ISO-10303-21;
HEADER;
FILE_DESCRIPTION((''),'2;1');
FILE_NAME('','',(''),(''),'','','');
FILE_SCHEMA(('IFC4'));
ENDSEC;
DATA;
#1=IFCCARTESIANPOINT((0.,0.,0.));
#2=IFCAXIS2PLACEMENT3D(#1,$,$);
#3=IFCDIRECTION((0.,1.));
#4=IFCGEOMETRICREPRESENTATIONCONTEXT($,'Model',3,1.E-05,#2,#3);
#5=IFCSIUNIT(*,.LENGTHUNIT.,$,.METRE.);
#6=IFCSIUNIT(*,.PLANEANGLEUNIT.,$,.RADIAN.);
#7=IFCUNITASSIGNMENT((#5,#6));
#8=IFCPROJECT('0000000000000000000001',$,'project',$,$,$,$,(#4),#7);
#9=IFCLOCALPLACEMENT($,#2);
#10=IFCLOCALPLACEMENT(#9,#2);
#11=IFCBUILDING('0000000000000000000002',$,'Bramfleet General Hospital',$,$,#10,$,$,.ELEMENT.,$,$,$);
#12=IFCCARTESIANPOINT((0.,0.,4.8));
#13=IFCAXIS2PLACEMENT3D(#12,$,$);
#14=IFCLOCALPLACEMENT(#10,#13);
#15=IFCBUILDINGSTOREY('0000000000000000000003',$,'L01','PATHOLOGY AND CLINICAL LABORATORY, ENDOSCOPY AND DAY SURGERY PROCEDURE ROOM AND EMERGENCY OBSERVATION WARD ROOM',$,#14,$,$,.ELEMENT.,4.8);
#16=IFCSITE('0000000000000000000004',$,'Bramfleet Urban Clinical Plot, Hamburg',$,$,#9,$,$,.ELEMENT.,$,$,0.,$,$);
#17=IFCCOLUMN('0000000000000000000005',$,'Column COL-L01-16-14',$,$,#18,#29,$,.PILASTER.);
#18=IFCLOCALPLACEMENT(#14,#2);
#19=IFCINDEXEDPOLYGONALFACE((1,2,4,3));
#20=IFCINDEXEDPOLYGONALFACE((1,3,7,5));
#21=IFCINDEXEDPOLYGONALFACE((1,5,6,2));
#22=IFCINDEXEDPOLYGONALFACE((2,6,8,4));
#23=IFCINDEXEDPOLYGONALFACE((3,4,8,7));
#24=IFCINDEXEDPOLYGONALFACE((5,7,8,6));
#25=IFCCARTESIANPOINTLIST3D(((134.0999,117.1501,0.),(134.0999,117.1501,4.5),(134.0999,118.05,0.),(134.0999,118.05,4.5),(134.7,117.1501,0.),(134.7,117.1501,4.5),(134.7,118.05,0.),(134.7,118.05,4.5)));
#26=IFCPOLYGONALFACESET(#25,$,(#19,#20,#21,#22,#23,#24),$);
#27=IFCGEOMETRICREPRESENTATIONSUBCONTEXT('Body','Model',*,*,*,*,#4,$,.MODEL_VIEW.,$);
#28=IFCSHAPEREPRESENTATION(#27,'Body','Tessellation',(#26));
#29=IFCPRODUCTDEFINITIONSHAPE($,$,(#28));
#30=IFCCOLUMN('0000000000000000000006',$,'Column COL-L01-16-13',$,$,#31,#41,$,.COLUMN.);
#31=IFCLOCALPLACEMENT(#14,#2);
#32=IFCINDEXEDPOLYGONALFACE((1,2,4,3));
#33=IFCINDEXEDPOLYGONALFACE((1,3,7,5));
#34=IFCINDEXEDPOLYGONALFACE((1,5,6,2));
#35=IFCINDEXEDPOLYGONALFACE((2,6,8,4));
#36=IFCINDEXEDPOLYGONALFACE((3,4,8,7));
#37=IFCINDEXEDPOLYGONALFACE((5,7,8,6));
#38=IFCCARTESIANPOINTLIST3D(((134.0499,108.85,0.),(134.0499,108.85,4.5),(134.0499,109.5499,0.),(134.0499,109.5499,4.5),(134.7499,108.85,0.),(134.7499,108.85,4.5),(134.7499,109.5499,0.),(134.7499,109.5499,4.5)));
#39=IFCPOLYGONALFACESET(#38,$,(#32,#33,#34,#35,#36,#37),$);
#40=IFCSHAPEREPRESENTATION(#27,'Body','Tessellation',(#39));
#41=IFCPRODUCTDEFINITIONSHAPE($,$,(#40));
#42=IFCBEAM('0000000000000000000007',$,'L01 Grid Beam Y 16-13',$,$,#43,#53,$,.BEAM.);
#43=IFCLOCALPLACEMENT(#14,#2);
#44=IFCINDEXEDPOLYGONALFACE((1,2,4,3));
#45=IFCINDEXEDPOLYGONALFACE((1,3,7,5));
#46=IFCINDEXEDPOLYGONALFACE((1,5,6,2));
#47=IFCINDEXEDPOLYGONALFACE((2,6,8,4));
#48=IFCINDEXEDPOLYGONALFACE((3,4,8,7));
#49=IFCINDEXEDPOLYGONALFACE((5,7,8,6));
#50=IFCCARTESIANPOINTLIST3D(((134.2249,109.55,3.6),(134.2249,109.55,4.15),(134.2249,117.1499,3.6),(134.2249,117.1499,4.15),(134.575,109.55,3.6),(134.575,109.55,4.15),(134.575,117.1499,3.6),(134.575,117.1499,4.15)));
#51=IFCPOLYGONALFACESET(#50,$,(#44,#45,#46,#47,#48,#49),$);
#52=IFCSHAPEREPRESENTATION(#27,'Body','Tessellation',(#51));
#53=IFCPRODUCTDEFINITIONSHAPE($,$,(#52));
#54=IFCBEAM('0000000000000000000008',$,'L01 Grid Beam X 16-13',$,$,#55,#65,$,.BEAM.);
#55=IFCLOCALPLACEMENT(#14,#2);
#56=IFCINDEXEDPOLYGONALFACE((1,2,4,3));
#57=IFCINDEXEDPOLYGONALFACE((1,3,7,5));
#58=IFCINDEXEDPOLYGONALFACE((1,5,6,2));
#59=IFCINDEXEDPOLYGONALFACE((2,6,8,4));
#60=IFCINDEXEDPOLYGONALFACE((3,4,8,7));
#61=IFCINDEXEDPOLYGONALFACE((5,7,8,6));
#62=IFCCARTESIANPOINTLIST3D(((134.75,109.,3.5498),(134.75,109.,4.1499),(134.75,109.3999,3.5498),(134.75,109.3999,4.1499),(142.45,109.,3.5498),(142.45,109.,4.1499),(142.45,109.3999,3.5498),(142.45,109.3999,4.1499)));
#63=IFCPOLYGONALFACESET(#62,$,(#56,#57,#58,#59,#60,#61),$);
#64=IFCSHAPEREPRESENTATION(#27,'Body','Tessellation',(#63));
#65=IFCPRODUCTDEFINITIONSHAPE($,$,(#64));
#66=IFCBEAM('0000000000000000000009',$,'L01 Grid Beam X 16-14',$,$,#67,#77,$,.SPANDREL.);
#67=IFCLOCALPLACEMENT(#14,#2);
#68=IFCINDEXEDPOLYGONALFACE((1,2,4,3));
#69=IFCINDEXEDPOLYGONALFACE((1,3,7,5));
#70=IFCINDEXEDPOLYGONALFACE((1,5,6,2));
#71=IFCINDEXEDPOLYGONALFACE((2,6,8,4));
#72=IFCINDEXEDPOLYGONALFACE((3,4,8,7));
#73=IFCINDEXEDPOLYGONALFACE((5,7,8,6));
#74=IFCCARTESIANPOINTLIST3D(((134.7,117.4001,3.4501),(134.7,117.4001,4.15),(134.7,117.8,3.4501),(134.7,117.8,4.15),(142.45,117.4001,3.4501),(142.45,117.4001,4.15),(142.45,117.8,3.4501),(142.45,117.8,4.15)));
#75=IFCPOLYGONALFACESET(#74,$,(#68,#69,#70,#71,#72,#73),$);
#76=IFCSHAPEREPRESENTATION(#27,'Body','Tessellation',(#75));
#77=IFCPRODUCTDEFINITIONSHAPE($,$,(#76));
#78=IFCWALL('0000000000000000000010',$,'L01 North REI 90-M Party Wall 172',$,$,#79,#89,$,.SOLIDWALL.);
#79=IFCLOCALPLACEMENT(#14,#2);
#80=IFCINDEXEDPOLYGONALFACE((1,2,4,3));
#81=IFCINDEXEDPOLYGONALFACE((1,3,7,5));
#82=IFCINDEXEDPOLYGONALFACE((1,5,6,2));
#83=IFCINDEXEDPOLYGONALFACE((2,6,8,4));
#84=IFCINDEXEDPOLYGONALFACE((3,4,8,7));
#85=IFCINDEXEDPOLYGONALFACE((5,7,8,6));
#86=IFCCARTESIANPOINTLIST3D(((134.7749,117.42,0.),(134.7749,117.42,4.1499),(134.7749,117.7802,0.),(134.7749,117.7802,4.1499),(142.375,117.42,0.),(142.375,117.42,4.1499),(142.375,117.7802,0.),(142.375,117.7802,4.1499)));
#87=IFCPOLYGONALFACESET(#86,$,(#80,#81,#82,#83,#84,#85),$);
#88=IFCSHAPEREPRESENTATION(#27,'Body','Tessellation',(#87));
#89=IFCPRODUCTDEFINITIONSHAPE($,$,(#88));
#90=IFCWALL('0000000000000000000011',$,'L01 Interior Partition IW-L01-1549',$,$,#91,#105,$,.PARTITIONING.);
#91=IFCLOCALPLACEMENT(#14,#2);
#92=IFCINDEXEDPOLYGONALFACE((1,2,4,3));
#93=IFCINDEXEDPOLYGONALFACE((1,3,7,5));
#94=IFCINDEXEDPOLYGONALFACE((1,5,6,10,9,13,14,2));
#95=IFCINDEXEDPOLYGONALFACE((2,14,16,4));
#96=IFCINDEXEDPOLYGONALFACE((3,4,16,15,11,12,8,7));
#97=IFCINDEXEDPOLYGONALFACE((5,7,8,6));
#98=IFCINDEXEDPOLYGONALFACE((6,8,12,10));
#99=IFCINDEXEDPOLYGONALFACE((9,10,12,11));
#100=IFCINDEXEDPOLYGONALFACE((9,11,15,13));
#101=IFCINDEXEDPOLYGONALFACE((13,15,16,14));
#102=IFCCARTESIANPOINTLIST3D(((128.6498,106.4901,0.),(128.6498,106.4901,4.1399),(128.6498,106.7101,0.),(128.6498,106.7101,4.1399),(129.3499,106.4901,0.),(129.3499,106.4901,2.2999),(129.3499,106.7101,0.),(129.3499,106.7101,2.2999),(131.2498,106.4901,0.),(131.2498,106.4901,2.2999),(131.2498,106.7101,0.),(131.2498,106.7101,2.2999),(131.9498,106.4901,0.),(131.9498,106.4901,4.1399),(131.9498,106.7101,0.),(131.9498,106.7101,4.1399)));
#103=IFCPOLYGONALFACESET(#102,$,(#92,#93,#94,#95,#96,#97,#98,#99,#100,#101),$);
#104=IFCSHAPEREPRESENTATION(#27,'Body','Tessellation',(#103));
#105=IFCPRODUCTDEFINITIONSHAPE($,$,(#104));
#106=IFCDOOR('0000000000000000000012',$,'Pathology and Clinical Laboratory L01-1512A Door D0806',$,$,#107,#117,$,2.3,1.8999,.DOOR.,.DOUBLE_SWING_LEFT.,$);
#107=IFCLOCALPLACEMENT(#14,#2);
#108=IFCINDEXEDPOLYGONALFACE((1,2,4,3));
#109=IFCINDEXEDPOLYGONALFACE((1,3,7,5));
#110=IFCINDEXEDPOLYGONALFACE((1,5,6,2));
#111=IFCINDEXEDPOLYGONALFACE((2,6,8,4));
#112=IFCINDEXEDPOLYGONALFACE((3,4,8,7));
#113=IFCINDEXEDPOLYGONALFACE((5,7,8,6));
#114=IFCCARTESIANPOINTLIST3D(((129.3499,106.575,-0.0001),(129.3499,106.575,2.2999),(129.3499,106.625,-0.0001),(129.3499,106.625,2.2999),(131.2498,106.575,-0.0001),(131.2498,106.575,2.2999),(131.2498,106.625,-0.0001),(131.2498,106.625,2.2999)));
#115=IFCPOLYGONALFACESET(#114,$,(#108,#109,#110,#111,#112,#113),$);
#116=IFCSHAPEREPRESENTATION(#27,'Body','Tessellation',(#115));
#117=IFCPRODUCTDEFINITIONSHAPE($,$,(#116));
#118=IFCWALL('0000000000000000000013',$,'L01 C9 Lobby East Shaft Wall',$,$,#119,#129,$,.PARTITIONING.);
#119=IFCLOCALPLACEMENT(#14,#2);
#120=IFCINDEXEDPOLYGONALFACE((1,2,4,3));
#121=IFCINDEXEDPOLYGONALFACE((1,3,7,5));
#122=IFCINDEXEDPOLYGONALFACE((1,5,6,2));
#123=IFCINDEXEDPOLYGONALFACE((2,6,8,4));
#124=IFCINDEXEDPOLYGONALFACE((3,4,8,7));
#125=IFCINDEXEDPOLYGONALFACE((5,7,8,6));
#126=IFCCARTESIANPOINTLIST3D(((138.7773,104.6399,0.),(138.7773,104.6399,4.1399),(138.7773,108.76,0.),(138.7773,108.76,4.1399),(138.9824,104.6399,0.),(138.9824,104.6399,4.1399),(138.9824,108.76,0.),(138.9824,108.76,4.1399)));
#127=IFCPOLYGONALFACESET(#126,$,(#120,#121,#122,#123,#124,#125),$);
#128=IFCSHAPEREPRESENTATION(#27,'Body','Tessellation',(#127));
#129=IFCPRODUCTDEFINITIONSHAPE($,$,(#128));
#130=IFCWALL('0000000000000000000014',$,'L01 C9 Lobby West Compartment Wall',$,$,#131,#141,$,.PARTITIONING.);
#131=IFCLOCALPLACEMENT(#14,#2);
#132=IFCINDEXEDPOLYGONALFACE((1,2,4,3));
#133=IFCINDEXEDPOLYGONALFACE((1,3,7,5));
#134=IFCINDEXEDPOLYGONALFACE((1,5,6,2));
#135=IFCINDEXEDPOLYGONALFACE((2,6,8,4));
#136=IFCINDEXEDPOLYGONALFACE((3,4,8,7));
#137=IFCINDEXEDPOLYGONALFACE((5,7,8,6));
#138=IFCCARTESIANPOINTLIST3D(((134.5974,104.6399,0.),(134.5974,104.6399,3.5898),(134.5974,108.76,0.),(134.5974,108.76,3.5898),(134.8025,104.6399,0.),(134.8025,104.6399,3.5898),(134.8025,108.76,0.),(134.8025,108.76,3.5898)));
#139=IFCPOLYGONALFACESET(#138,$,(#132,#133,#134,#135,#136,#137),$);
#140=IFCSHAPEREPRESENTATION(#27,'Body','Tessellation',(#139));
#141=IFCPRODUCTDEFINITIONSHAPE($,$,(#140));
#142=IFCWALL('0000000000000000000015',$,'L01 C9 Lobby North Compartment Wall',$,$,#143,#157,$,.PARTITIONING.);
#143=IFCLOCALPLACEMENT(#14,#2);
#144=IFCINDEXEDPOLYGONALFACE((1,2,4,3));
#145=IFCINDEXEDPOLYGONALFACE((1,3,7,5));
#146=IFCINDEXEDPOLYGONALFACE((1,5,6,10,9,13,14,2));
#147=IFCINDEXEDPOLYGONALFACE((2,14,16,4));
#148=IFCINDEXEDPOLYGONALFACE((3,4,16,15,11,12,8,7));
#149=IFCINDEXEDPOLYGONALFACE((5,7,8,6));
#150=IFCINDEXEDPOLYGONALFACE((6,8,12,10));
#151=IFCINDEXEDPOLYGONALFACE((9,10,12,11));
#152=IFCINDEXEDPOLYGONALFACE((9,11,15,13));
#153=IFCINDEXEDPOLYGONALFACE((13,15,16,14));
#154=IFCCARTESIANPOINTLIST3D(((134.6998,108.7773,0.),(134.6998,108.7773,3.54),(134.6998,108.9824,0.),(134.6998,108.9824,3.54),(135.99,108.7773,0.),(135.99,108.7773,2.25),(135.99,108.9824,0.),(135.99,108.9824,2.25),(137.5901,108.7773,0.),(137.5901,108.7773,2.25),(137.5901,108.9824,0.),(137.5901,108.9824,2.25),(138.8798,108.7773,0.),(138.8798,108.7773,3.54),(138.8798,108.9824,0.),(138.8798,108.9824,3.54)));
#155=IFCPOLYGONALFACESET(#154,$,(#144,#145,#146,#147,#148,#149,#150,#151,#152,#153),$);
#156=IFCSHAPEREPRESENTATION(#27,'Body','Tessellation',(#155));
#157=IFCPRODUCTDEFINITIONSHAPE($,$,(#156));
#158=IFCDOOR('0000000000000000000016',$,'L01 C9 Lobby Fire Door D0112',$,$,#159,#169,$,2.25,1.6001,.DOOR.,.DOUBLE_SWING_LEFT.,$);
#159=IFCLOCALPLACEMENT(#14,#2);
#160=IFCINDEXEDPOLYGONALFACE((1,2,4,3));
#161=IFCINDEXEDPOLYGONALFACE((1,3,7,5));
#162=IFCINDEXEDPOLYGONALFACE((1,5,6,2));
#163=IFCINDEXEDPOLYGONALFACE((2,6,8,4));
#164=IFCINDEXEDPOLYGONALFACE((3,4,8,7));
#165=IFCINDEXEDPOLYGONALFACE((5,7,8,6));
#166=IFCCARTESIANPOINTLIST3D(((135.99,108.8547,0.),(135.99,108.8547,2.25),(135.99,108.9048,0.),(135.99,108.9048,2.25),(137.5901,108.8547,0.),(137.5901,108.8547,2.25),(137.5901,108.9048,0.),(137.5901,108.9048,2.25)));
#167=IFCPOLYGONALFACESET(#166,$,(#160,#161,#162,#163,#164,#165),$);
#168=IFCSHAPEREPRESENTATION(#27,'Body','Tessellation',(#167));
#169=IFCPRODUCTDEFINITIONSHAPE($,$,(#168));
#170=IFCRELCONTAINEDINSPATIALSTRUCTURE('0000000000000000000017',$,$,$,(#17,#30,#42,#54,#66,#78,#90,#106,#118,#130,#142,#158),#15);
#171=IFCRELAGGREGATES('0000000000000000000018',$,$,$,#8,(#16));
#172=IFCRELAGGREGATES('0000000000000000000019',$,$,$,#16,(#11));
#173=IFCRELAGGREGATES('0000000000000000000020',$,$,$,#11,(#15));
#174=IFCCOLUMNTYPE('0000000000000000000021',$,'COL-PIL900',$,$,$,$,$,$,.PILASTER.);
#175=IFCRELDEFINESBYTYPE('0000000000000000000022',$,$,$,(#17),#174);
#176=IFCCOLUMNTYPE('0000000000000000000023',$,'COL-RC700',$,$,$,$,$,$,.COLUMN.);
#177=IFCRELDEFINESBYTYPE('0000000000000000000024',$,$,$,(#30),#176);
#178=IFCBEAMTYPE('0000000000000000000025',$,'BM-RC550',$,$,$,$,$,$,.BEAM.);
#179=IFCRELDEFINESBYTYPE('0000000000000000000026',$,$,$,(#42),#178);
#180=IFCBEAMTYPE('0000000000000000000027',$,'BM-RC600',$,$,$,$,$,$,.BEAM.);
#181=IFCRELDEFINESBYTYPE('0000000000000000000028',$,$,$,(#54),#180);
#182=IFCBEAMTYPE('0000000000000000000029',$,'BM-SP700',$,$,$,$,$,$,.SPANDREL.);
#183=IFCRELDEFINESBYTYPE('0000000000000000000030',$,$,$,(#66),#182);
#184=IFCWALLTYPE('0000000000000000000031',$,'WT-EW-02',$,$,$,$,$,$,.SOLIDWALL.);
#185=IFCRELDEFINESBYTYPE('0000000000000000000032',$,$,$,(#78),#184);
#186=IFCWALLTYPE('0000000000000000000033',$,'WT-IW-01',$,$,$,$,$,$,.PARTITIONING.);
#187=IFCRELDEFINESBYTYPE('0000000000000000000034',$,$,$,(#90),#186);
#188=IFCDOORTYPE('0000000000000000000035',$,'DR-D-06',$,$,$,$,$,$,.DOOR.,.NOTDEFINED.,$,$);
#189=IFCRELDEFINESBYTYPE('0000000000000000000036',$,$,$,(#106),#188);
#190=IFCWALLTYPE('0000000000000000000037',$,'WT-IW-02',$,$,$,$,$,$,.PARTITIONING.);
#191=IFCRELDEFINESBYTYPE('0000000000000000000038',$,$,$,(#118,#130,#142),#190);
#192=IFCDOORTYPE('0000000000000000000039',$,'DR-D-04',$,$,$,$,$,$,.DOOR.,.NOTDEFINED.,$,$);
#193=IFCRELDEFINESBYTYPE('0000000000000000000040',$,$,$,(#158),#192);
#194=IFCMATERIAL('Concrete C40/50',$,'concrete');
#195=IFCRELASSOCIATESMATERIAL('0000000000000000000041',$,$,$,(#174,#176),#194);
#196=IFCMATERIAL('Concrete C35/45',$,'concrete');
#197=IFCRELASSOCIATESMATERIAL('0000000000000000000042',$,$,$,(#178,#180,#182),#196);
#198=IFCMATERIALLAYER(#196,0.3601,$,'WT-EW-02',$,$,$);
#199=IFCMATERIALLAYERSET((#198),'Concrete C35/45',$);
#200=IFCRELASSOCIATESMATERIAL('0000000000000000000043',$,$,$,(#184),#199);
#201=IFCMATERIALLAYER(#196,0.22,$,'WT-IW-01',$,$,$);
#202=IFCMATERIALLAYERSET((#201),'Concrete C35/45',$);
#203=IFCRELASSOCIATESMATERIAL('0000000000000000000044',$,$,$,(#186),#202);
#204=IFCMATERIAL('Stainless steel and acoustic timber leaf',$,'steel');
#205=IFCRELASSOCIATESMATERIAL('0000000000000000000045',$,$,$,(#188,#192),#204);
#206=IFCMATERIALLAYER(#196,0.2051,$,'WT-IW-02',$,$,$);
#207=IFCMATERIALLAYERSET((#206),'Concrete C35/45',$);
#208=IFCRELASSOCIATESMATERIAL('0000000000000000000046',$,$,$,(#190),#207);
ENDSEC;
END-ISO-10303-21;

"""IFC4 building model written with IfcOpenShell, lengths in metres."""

from ifc_helpers import new_model, si_unit, direction, frame, frame_2d, origin, origin_2d, place, context, subcontext, project, spatial, rectangle, extrude, material, layer, layer_set, material_profile, profile_set, type_object, element, fill, save


model = new_model("IFC4")

# Units and contexts
model_context = context("Model", 3, precision=1e-05, world=origin(), true_north=direction((0.0, 1.0)))
body_context = subcontext(model_context, "Body", "Model", "MODEL_VIEW")
ifc_project = project(units=[si_unit("LENGTHUNIT", "METRE"), si_unit("PLANEANGLEUNIT", "RADIAN")], contexts=[model_context])

# Site, building, storey
site_placement = place(None, origin())
site = spatial("IfcSite", under=ifc_project, at=site_placement, Name="Bramfleet Urban Clinical Plot, Hamburg", CompositionType="ELEMENT", RefElevation=0.0)
building_placement = place(site_placement, origin())
building = spatial("IfcBuilding", under=site, at=building_placement, Name="Bramfleet General Hospital", CompositionType="ELEMENT")
storey_placement = place(building_placement, frame((0.0, 0.0, 4.8)))
storey = spatial("IfcBuildingStorey", under=building, at=storey_placement, Name="L01", Description="PATHOLOGY AND CLINICAL LABORATORY, ENDOSCOPY AND DAY SURGERY PROCEDURE ROOM AND EMERGENCY OBSERVATION WARD ROOM", CompositionType="ELEMENT", Elevation=4.8)

# Columns
ifc_material_1 = material(Name="Concrete C40/50", Category="concrete")
ifc_material_profile_1 = material_profile(ifc_material_1, rectangle(XDim=0.6001, YDim=0.8999, at=origin_2d()), Name="RC PIL 900x600")
ifc_profile_set_1 = profile_set([ifc_material_profile_1], Name="Concrete C40/50")
column_type_1 = type_object("IfcColumnType", Name="COL-PIL900", PredefinedType="PILASTER", material=ifc_profile_set_1)
column_1_placement = place(storey_placement, frame((134.3999, 117.6001, 0.0), z_axis=(0.0, 0.0, 1.0), x_axis=(1.0, 0.0, 0.0)))
element("IfcColumn", 1, at=column_1_placement, inside=storey, type_object=column_type_1, Name="Column COL-L01-16-14", PredefinedType="PILASTER", context=body_context, shape_type="SweptSolid", body=[
    extrude(rectangle(XDim=0.6001, YDim=0.8999, at=origin_2d()), origin(), (0.0, 0.0, 1.0), 4.5),
])
ifc_material_profile_2 = material_profile(ifc_material_1, rectangle(XDim=0.7, YDim=0.7, at=origin_2d()), Name="RC COL 700x700")
ifc_profile_set_2 = profile_set([ifc_material_profile_2], Name="Concrete C40/50")
column_type_2 = type_object("IfcColumnType", Name="COL-RC700", PredefinedType="COLUMN", material=ifc_profile_set_2)
column_2_placement = place(storey_placement, frame((134.3999, 109.2, 0.0), z_axis=(0.0, 0.0, 1.0), x_axis=(1.0, 0.0, 0.0)))
element("IfcColumn", 2, at=column_2_placement, inside=storey, type_object=column_type_2, Name="Column COL-L01-16-13", PredefinedType="COLUMN", context=body_context, shape_type="SweptSolid", body=[
    extrude(rectangle(XDim=0.7, YDim=0.7, at=origin_2d()), origin(), (0.0, 0.0, 1.0), 4.5),
])

# Beams
ifc_material_2 = material(Name="Concrete C35/45", Category="concrete")
ifc_material_profile_3 = material_profile(ifc_material_2, rectangle(XDim=0.3501, YDim=0.55, at=origin_2d()), Name="RC BM 550x350")
ifc_profile_set_3 = profile_set([ifc_material_profile_3], Name="Concrete C35/45")
beam_type_1 = type_object("IfcBeamType", Name="BM-RC550", PredefinedType="BEAM", material=ifc_profile_set_3)
beam_1_placement = place(storey_placement, frame((134.3999, 109.55, 3.875), z_axis=(0.0, 1.0, 0.0), x_axis=(-1.0, 0.0, 0.0)))
element("IfcBeam", 3, at=beam_1_placement, inside=storey, type_object=beam_type_1, Name="L01 Grid Beam Y 16-13", PredefinedType="BEAM", context=body_context, shape_type="SweptSolid", body=[
    extrude(rectangle(XDim=0.3501, YDim=0.55, at=origin_2d()), origin(), (0.0, 0.0, 1.0), 7.5999),
])
ifc_material_profile_4 = material_profile(ifc_material_2, rectangle(XDim=0.3999, YDim=0.6001, at=origin_2d()), Name="RC BM 600x400")
ifc_profile_set_4 = profile_set([ifc_material_profile_4], Name="Concrete C35/45")
beam_type_2 = type_object("IfcBeamType", Name="BM-RC600", PredefinedType="BEAM", material=ifc_profile_set_4)
beam_2_placement = place(storey_placement, frame((134.75, 109.2, 3.8499), z_axis=(1.0, 0.0, 0.0), x_axis=(0.0, 1.0, 0.0)))
element("IfcBeam", 4, at=beam_2_placement, inside=storey, type_object=beam_type_2, Name="L01 Grid Beam X 16-13", PredefinedType="BEAM", context=body_context, shape_type="SweptSolid", body=[
    extrude(rectangle(XDim=0.3999, YDim=0.6001, at=origin_2d()), origin(), (0.0, 0.0, 1.0), 7.7),
])
ifc_material_profile_5 = material_profile(ifc_material_2, rectangle(XDim=0.3999, YDim=0.7, at=origin_2d()), Name="RC SP 700x400")
ifc_profile_set_5 = profile_set([ifc_material_profile_5], Name="Concrete C35/45")
beam_type_3 = type_object("IfcBeamType", Name="BM-SP700", PredefinedType="SPANDREL", material=ifc_profile_set_5)
beam_3_placement = place(storey_placement, frame((134.7, 117.6001, 3.8), z_axis=(1.0, 0.0, 0.0), x_axis=(0.0, 1.0, 0.0)))
element("IfcBeam", 5, at=beam_3_placement, inside=storey, type_object=beam_type_3, Name="L01 Grid Beam X 16-14", PredefinedType="SPANDREL", context=body_context, shape_type="SweptSolid", body=[
    extrude(rectangle(XDim=0.3999, YDim=0.7, at=origin_2d()), origin(), (0.0, 0.0, 1.0), 7.75),
])

# Wall
ifc_layer_1 = layer(ifc_material_2, 0.3601, Name="WT-EW-02")
ifc_layer_set_1 = layer_set([ifc_layer_1], Name="Concrete C35/45")
wall_type_1 = type_object("IfcWallType", Name="WT-EW-02", PredefinedType="SOLIDWALL", material=ifc_layer_set_1)
wall_1_placement = place(storey_placement, frame((134.7749, 117.6001, 0.0), z_axis=(0.0, 0.0, 1.0), x_axis=(1.0, 0.0, 0.0)))
element("IfcWall", 6, at=wall_1_placement, inside=storey, type_object=wall_type_1, Name="L01 North REI 90-M Party Wall 172", PredefinedType="SOLIDWALL", context=body_context, shape_type="SweptSolid", body=[
    extrude(rectangle(XDim=7.6001, YDim=0.3601, at=frame_2d((3.8, 0.0))), origin(), (0.0, 0.0, 1.0), 4.1499),
])

# Wall, opening, door
ifc_layer_2 = layer(ifc_material_2, 0.22, Name="WT-IW-01")
ifc_layer_set_2 = layer_set([ifc_layer_2], Name="Concrete C35/45")
wall_type_2 = type_object("IfcWallType", Name="WT-IW-01", PredefinedType="PARTITIONING", material=ifc_layer_set_2)
wall_2_placement = place(storey_placement, frame((128.6499, 106.6001, 0.0), z_axis=(0.0, 0.0, 1.0), x_axis=(1.0, 0.0, 0.0)))
wall_2 = element("IfcWall", 7, at=wall_2_placement, inside=storey, type_object=wall_type_2, Name="L01 Interior Partition IW-L01-1549", PredefinedType="PARTITIONING", context=body_context, shape_type="SweptSolid", body=[
    extrude(rectangle(XDim=3.3, YDim=0.22, at=frame_2d((1.6499, 0.0))), origin(), (0.0, 0.0, 1.0), 4.1399),
])
opening_1_placement = place(wall_2_placement, frame((0.7, 0.0, 0.0)))
opening_1 = element("IfcOpeningElement", 8, at=opening_1_placement, cuts=wall_2, PredefinedType="OPENING", context=body_context, shape_type="SweptSolid", body=[
    extrude(rectangle(XDim=1.8999, YDim=2.3, at=frame_2d((0.95, 1.1499))), frame((0.0, 0.1199, 0.0), z_axis=(0.0, -1.0, 0.0), x_axis=(1.0, 0.0, 0.0)), (0.0, 0.0, 1.0), 0.24),
])
ifc_material_3 = material(Name="Stainless steel and acoustic timber leaf", Category="steel")
door_type_1 = type_object("IfcDoorType", Name="DR-D-06", OperationType="NOTDEFINED", PredefinedType="DOOR", material=ifc_material_3)
door_1_placement = place(opening_1_placement, origin())
door_1 = element("IfcDoor", 9, at=door_1_placement, inside=storey, type_object=door_type_1, Name="Pathology and Clinical Laboratory L01-1512A Door D0806", OperationType="DOUBLE_SWING_LEFT", OverallHeight=2.3, OverallWidth=1.8999, PredefinedType="DOOR", context=body_context, shape_type="SweptSolid", body=[
    extrude(rectangle(XDim=1.8999, YDim=2.3, at=frame_2d((0.95, 1.1499))), frame((0.0, 0.0249, 0.0), z_axis=(0.0, -1.0, 0.0), x_axis=(1.0, 0.0, 0.0)), (0.0, 0.0, 1.0), 0.05),
])
fill(opening_1, door_1)

# Walls
ifc_layer_3 = layer(ifc_material_2, 0.2051, Name="WT-IW-02")
ifc_layer_set_3 = layer_set([ifc_layer_3], Name="Concrete C35/45")
wall_type_3 = type_object("IfcWallType", Name="WT-IW-02", PredefinedType="PARTITIONING", material=ifc_layer_set_3)
wall_3_placement = place(storey_placement, frame((138.8799, 104.6399, 0.0), z_axis=(0.0, 0.0, 1.0), x_axis=(0.0, 1.0, 0.0)))
element("IfcWall", 10, at=wall_3_placement, inside=storey, type_object=wall_type_3, Name="L01 C9 Lobby East Shaft Wall", PredefinedType="PARTITIONING", context=body_context, shape_type="SweptSolid", body=[
    extrude(rectangle(XDim=4.1201, YDim=0.2051, at=frame_2d((2.0601, 0.0))), origin(), (0.0, 0.0, 1.0), 4.1399),
])
wall_4_placement = place(storey_placement, frame((134.7, 104.6399, 0.0), z_axis=(0.0, 0.0, 1.0), x_axis=(0.0, 1.0, 0.0)))
element("IfcWall", 11, at=wall_4_placement, inside=storey, type_object=wall_type_3, Name="L01 C9 Lobby West Compartment Wall", PredefinedType="PARTITIONING", context=body_context, shape_type="SweptSolid", body=[
    extrude(rectangle(XDim=4.1201, YDim=0.2051, at=frame_2d((2.0601, 0.0))), origin(), (0.0, 0.0, 1.0), 3.5898),
])

# Wall, opening, door
wall_5_placement = place(storey_placement, frame((134.7, 108.8799, 0.0), z_axis=(0.0, 0.0, 1.0), x_axis=(1.0, 0.0, 0.0)))
wall_5 = element("IfcWall", 12, at=wall_5_placement, inside=storey, type_object=wall_type_3, Name="L01 C9 Lobby North Compartment Wall", PredefinedType="PARTITIONING", context=body_context, shape_type="SweptSolid", body=[
    extrude(rectangle(XDim=4.1799, YDim=0.2051, at=frame_2d((2.0898, 0.0))), origin(), (0.0, 0.0, 1.0), 3.54),
])
opening_2_placement = place(wall_5_placement, frame((1.29, 0.0, 0.0)))
opening_2 = element("IfcOpeningElement", 13, at=opening_2_placement, cuts=wall_5, PredefinedType="OPENING", context=body_context, shape_type="SweptSolid", body=[
    extrude(rectangle(XDim=1.6001, YDim=2.25, at=frame_2d((0.8, 1.125))), frame((0.0, 0.1125, 0.0), z_axis=(0.0, -1.0, 0.0), x_axis=(1.0, 0.0, 0.0)), (0.0, 0.0, 1.0), 0.2251),
])
door_type_2 = type_object("IfcDoorType", Name="DR-D-04", OperationType="NOTDEFINED", PredefinedType="DOOR", material=ifc_material_3)
door_2_placement = place(opening_2_placement, origin())
door_2 = element("IfcDoor", 14, at=door_2_placement, inside=storey, type_object=door_type_2, Name="L01 C9 Lobby Fire Door D0112", OperationType="DOUBLE_SWING_LEFT", OverallHeight=2.25, OverallWidth=1.6001, PredefinedType="DOOR", context=body_context, shape_type="SweptSolid", body=[
    extrude(rectangle(XDim=1.6001, YDim=2.25, at=frame_2d((0.8, 1.125))), frame((0.0, 0.0249, 0.0), z_axis=(0.0, -1.0, 0.0), x_axis=(1.0, 0.0, 0.0)), (0.0, 0.0, 1.0), 0.05),
])
fill(opening_2, door_2)

save(model, "model.ifc")
